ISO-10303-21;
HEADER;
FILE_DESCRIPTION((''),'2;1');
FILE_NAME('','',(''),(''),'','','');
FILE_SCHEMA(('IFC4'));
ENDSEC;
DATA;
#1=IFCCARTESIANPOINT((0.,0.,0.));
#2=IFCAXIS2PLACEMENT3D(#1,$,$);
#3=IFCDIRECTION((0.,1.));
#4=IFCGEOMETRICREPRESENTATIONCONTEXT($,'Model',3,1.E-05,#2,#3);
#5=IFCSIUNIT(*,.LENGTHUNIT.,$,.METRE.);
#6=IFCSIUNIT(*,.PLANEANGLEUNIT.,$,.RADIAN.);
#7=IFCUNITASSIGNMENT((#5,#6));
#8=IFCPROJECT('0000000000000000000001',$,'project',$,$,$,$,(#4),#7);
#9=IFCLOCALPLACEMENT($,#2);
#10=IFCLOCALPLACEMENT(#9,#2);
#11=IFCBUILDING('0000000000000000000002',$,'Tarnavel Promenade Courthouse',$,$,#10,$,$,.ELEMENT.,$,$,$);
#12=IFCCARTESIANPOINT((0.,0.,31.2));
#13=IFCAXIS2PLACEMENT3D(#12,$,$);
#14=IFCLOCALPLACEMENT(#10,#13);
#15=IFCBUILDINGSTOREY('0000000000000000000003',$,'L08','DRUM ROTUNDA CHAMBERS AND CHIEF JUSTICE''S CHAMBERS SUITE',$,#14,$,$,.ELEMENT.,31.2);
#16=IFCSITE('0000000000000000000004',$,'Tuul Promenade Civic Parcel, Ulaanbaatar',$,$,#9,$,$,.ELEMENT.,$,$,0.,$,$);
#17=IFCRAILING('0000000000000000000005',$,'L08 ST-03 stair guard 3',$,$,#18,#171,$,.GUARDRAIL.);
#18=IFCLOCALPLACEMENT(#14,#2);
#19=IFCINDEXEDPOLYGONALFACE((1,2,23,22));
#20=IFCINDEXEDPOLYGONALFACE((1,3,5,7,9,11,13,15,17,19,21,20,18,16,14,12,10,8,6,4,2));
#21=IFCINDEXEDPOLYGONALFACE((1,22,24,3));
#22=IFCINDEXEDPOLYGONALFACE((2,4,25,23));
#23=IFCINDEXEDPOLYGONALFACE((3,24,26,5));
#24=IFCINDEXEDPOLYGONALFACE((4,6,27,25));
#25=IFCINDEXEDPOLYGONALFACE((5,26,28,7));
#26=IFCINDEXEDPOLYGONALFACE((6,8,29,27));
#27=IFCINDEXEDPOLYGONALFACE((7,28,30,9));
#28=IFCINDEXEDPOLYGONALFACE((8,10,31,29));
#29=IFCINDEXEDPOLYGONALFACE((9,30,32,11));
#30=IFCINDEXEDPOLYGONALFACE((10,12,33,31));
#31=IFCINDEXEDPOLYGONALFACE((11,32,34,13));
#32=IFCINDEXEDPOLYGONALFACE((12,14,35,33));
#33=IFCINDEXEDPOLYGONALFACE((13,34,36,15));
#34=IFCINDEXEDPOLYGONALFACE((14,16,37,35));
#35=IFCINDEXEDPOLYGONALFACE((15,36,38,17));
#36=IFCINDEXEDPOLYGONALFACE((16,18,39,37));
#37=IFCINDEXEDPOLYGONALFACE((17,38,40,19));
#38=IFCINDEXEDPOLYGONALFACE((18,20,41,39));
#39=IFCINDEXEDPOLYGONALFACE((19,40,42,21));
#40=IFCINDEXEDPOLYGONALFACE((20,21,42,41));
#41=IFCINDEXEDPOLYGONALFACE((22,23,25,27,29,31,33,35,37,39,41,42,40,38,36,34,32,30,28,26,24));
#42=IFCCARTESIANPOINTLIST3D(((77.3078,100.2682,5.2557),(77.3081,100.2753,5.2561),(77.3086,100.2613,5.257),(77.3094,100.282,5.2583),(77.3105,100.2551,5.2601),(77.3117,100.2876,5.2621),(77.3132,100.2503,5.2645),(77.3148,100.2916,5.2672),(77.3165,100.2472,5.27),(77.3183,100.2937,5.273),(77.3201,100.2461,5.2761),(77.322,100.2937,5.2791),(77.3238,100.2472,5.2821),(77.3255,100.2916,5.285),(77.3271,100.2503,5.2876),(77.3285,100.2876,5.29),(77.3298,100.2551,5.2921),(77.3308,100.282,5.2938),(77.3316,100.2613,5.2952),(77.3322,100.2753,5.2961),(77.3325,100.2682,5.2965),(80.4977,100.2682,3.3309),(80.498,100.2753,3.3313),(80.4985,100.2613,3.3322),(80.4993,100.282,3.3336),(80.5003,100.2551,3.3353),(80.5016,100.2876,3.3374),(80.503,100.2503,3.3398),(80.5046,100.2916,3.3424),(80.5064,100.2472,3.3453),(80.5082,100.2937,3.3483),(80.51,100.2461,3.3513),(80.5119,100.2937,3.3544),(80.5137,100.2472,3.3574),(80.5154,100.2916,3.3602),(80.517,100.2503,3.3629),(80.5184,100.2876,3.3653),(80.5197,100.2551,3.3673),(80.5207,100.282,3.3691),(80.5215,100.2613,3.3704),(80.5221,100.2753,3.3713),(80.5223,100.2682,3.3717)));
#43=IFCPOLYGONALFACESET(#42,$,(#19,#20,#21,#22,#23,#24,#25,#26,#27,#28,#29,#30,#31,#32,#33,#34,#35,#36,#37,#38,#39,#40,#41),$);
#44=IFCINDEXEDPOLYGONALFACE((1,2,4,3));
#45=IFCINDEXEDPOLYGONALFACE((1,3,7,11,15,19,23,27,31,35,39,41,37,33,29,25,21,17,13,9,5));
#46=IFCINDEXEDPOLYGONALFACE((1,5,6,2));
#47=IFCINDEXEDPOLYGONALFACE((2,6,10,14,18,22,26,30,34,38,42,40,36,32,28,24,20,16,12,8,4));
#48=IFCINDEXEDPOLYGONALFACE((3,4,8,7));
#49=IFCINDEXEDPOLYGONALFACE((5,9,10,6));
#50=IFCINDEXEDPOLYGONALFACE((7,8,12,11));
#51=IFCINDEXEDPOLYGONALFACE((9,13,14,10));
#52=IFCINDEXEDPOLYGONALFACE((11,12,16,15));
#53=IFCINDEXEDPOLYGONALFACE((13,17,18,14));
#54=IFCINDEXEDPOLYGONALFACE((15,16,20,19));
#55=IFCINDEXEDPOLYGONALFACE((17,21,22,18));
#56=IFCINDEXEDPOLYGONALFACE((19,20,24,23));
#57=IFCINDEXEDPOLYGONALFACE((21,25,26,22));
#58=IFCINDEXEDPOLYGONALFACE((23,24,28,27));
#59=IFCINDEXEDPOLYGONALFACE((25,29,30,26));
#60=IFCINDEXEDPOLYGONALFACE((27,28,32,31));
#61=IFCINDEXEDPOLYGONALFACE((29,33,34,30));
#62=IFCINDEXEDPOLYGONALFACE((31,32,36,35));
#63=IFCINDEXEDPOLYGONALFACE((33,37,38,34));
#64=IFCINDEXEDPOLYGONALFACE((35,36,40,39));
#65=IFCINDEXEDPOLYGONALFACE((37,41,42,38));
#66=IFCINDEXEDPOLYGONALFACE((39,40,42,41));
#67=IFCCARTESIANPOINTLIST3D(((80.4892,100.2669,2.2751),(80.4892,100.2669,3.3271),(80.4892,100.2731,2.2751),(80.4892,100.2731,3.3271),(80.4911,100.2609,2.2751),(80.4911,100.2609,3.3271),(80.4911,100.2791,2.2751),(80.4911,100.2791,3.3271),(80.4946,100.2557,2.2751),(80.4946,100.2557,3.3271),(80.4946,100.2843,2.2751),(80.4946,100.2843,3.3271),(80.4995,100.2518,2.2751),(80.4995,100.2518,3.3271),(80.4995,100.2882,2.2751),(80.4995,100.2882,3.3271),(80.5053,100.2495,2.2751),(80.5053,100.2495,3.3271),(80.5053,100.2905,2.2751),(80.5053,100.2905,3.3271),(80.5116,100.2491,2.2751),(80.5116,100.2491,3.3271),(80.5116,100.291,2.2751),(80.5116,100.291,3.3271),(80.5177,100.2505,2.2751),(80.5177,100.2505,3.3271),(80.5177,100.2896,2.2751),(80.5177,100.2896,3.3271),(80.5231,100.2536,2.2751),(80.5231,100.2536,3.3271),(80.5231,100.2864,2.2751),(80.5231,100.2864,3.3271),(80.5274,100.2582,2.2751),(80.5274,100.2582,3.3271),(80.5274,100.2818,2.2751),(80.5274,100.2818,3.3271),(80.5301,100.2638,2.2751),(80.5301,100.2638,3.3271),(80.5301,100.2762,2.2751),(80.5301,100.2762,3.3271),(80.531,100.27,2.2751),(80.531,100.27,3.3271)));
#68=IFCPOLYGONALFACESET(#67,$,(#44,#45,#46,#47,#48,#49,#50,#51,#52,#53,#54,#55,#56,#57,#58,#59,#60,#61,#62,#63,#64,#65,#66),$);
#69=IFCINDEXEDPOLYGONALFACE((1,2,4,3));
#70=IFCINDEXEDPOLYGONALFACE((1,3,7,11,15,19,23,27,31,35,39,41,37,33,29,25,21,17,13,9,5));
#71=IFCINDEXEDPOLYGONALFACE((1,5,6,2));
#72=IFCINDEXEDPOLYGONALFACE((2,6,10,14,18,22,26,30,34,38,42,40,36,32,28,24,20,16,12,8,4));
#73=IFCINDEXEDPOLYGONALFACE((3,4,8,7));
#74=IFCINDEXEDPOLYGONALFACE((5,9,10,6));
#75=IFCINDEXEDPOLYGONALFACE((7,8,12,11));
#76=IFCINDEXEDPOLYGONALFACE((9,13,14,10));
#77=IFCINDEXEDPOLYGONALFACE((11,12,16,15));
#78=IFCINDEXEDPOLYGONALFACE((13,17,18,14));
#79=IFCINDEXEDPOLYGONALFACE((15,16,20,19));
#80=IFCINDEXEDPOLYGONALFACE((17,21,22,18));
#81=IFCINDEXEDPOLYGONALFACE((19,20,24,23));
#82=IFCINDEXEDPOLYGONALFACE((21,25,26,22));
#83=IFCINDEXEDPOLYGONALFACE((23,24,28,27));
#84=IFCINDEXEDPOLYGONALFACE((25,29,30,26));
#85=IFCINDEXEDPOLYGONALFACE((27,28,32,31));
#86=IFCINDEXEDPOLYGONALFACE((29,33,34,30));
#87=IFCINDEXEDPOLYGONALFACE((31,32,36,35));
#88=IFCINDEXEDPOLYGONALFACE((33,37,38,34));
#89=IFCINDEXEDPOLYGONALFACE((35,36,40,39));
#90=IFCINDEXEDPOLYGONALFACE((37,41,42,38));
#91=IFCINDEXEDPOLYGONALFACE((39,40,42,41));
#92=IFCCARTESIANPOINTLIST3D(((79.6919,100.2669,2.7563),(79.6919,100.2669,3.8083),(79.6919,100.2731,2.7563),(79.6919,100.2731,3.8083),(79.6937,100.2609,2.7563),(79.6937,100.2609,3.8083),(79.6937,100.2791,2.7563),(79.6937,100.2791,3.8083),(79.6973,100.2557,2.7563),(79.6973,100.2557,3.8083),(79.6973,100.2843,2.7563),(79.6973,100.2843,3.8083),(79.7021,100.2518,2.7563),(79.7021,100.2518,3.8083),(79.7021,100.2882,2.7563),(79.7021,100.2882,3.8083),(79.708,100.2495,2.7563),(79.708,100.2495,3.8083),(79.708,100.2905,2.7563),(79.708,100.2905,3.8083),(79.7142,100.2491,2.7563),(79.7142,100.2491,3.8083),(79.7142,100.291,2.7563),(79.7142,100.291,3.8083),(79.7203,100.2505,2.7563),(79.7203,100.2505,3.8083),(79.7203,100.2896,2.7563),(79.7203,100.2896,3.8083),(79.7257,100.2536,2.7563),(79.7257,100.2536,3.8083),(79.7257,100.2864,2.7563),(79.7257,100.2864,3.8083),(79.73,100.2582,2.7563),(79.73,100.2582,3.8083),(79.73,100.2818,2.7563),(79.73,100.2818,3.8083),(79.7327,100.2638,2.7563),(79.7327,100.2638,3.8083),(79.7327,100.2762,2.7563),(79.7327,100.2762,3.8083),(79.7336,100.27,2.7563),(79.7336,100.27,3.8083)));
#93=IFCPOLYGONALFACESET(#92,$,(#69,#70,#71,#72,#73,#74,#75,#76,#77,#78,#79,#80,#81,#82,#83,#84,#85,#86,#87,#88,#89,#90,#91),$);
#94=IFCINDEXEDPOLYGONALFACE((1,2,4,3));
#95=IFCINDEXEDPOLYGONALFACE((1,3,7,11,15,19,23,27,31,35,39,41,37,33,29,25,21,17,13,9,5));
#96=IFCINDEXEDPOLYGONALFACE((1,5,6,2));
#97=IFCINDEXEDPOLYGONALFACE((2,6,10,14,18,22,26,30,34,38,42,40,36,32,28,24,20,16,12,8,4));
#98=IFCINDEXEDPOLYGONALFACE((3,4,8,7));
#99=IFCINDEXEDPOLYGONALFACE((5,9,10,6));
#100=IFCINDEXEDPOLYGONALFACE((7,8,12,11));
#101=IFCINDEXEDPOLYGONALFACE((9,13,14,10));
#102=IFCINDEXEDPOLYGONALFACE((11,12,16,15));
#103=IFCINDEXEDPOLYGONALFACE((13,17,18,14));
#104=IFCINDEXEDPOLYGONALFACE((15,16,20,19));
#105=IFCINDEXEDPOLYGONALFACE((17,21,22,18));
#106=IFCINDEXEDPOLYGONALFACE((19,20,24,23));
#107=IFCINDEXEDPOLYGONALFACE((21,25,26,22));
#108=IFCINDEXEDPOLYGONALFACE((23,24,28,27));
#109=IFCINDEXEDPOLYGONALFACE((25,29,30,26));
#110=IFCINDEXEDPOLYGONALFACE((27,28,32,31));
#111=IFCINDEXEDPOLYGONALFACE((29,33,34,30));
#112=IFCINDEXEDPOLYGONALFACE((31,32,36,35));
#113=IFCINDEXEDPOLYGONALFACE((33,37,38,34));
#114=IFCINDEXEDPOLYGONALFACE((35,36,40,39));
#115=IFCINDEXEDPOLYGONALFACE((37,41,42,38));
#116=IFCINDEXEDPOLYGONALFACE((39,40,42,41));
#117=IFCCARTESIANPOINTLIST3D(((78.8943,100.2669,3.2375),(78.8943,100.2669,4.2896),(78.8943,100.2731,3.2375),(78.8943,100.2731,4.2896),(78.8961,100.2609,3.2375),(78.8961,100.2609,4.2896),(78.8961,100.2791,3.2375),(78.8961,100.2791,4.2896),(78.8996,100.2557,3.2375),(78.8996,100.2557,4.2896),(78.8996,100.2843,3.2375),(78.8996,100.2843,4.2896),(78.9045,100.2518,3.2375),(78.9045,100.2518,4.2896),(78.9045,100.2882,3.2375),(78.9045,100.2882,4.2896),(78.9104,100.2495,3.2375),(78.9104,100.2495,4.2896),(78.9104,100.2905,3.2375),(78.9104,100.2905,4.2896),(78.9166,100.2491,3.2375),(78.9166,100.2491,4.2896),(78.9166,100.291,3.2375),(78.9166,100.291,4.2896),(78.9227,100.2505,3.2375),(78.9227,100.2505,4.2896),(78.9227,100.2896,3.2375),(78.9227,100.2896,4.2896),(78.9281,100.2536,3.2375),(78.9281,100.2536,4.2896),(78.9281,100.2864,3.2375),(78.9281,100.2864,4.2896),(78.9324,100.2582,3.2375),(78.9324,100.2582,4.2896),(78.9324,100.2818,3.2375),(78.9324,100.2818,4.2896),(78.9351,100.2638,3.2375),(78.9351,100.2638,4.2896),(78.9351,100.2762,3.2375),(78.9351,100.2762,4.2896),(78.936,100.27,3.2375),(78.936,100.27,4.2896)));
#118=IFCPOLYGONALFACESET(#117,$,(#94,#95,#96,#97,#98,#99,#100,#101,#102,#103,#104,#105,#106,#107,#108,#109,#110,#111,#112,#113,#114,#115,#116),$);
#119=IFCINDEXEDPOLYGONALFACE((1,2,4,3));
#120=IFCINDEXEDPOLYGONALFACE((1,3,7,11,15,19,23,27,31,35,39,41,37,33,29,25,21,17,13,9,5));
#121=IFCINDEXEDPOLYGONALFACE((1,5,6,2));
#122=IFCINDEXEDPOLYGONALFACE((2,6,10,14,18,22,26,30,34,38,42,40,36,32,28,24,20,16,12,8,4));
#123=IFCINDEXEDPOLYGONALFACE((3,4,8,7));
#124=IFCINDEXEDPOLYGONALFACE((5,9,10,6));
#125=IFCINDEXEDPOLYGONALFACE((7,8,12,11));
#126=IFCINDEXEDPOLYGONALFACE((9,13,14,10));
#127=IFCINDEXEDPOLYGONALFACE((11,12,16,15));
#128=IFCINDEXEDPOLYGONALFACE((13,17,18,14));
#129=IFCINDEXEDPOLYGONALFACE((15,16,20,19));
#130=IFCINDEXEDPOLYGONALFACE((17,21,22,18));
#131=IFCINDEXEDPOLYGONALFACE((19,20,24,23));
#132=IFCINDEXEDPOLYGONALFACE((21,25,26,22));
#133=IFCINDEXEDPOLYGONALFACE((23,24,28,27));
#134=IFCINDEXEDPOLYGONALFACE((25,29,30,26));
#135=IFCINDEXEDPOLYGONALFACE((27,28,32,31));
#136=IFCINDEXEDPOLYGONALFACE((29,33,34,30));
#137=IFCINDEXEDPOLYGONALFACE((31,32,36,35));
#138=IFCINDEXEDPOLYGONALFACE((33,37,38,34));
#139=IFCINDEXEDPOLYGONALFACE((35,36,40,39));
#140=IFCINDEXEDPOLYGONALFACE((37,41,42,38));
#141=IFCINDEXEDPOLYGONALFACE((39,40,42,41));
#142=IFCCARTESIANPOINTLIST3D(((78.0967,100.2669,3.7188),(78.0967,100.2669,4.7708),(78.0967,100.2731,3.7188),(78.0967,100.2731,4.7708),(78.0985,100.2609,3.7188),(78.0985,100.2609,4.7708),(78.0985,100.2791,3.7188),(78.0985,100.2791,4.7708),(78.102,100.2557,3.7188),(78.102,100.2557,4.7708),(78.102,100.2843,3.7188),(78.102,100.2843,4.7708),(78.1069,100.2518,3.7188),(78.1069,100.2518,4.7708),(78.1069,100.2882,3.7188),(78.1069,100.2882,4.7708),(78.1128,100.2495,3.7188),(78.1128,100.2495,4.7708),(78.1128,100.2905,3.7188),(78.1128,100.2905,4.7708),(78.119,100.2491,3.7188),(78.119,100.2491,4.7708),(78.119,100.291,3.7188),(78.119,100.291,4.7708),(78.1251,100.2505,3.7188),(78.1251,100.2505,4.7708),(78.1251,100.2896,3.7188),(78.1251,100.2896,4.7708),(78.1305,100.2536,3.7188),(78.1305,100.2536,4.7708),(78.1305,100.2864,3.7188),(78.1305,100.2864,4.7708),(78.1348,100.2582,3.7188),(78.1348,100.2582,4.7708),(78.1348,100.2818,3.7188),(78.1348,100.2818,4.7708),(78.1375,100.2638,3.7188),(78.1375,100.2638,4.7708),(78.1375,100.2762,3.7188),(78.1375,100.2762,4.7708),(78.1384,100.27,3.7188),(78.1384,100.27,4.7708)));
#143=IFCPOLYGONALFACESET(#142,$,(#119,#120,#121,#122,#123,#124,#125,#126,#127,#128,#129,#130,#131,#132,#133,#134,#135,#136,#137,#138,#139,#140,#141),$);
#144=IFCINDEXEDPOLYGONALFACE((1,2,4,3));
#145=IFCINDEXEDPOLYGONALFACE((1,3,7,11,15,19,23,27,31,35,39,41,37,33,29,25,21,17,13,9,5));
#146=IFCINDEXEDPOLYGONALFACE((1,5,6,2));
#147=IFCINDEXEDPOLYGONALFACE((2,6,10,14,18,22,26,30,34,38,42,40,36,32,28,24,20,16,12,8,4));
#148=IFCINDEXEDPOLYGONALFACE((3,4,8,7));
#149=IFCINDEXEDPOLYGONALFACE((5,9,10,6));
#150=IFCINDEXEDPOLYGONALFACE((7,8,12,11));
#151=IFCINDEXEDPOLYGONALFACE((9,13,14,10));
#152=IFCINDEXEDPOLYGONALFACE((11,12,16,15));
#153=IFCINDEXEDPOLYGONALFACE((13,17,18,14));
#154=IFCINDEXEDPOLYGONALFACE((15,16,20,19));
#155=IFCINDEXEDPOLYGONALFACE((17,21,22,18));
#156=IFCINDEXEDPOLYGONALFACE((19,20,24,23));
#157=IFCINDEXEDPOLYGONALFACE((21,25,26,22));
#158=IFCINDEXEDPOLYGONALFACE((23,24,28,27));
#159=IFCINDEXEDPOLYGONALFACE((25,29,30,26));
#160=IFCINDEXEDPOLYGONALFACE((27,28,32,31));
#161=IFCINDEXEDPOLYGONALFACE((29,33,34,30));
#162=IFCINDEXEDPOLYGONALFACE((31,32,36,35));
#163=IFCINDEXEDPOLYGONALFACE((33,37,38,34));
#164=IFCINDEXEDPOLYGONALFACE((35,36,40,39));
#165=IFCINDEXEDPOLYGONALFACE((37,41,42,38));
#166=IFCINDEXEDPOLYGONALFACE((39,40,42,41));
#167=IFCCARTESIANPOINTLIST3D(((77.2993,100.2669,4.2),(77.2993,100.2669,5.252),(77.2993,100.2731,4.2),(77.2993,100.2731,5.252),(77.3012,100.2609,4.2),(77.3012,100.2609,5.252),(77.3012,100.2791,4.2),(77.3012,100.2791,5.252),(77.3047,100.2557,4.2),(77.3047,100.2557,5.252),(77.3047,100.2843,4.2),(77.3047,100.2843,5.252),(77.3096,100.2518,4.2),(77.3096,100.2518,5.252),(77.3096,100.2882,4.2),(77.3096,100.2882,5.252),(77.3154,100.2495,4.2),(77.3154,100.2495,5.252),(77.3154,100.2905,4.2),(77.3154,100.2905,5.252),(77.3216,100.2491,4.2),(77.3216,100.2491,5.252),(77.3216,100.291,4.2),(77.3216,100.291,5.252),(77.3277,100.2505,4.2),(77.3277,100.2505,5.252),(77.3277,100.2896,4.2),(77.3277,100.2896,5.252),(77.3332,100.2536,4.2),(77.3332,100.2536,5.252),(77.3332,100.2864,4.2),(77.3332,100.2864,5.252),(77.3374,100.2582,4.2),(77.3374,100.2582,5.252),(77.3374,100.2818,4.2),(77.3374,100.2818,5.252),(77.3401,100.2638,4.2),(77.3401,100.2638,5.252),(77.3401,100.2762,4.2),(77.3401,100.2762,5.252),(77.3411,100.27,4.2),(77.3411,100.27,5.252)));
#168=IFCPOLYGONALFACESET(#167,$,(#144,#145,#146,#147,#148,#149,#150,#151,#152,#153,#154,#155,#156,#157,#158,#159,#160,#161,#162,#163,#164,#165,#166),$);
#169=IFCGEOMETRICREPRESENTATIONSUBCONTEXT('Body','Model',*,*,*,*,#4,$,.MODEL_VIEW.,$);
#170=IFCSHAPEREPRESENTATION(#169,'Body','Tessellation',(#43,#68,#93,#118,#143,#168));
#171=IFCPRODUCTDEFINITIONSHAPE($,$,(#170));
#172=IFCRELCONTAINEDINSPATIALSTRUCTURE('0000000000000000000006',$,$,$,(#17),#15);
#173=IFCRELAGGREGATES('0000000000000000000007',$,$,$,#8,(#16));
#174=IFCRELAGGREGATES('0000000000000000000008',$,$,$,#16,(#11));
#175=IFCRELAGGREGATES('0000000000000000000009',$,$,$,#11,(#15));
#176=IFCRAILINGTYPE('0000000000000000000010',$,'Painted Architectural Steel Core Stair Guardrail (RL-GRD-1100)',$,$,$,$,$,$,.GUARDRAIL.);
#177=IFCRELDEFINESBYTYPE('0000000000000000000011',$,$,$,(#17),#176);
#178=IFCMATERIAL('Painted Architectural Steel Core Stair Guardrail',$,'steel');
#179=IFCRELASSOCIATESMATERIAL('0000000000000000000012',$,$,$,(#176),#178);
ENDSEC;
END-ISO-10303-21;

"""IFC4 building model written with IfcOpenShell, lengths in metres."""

from ifc_helpers import new_model, si_unit, direction, frame, origin, origin_2d, place, context, subcontext, project, spatial, circle, extrude, material, type_object, element, save


model = new_model("IFC4")

# Units and contexts
model_context = context("Model", 3, precision=1e-05, world=origin(), true_north=direction((0.0, 1.0)))
body_context = subcontext(model_context, "Body", "Model", "MODEL_VIEW")
ifc_project = project(units=[si_unit("LENGTHUNIT", "METRE"), si_unit("PLANEANGLEUNIT", "RADIAN")], contexts=[model_context])

# Site, building, storey
site_placement = place(None, origin())
site = spatial("IfcSite", under=ifc_project, at=site_placement, Name="Tuul Promenade Civic Parcel, Ulaanbaatar", CompositionType="ELEMENT", RefElevation=0.0)
building_placement = place(site_placement, origin())
building = spatial("IfcBuilding", under=site, at=building_placement, Name="Tarnavel Promenade Courthouse", CompositionType="ELEMENT")
storey_placement = place(building_placement, frame((0.0, 0.0, 31.2)))
storey = spatial("IfcBuildingStorey", under=building, at=storey_placement, Name="L08", Description="DRUM ROTUNDA CHAMBERS AND CHIEF JUSTICE'S CHAMBERS SUITE", CompositionType="ELEMENT", Elevation=31.2)

# Railing
ifc_material_1 = material(Name="Painted Architectural Steel Core Stair Guardrail", Category="steel")
railing_type_1 = type_object("IfcRailingType", Name="Painted Architectural Steel Core Stair Guardrail (RL-GRD-1100)", PredefinedType="GUARDRAIL", material=ifc_material_1)
railing_1_placement = place(storey_placement, frame((80.51, 100.27, 2.2751)))
element("IfcRailing", 1, at=railing_1_placement, inside=storey, type_object=railing_type_1, Name="L08 ST-03 stair guard 3", PredefinedType="GUARDRAIL", context=body_context, shape_type="SweptSolid", body=[
    extrude(circle(Radius=0.0239, at=origin_2d()), frame((0.0, 0.0, 1.0762), z_axis=(-0.856207, 0.0, 0.516633), x_axis=(0.0, -1.0, 0.0)), (0.0, 0.0, 1.0), 3.7256),
    extrude(circle(Radius=0.021, at=origin_2d()), origin(), (0.0, 0.0, 1.0), 1.052),
    extrude(circle(Radius=0.021, at=origin_2d()), frame((-0.7974, 0.0, 0.4812)), (0.0, 0.0, 1.0), 1.052),
    extrude(circle(Radius=0.021, at=origin_2d()), frame((-1.595, 0.0, 0.9624)), (0.0, 0.0, 1.0), 1.052),
    extrude(circle(Radius=0.021, at=origin_2d()), frame((-2.3926, 0.0, 1.4436)), (0.0, 0.0, 1.0), 1.052),
    extrude(circle(Radius=0.021, at=origin_2d()), frame((-3.1899, 0.0, 1.9248)), (0.0, 0.0, 1.0), 1.052),
])

save(model, "model.ifc")
